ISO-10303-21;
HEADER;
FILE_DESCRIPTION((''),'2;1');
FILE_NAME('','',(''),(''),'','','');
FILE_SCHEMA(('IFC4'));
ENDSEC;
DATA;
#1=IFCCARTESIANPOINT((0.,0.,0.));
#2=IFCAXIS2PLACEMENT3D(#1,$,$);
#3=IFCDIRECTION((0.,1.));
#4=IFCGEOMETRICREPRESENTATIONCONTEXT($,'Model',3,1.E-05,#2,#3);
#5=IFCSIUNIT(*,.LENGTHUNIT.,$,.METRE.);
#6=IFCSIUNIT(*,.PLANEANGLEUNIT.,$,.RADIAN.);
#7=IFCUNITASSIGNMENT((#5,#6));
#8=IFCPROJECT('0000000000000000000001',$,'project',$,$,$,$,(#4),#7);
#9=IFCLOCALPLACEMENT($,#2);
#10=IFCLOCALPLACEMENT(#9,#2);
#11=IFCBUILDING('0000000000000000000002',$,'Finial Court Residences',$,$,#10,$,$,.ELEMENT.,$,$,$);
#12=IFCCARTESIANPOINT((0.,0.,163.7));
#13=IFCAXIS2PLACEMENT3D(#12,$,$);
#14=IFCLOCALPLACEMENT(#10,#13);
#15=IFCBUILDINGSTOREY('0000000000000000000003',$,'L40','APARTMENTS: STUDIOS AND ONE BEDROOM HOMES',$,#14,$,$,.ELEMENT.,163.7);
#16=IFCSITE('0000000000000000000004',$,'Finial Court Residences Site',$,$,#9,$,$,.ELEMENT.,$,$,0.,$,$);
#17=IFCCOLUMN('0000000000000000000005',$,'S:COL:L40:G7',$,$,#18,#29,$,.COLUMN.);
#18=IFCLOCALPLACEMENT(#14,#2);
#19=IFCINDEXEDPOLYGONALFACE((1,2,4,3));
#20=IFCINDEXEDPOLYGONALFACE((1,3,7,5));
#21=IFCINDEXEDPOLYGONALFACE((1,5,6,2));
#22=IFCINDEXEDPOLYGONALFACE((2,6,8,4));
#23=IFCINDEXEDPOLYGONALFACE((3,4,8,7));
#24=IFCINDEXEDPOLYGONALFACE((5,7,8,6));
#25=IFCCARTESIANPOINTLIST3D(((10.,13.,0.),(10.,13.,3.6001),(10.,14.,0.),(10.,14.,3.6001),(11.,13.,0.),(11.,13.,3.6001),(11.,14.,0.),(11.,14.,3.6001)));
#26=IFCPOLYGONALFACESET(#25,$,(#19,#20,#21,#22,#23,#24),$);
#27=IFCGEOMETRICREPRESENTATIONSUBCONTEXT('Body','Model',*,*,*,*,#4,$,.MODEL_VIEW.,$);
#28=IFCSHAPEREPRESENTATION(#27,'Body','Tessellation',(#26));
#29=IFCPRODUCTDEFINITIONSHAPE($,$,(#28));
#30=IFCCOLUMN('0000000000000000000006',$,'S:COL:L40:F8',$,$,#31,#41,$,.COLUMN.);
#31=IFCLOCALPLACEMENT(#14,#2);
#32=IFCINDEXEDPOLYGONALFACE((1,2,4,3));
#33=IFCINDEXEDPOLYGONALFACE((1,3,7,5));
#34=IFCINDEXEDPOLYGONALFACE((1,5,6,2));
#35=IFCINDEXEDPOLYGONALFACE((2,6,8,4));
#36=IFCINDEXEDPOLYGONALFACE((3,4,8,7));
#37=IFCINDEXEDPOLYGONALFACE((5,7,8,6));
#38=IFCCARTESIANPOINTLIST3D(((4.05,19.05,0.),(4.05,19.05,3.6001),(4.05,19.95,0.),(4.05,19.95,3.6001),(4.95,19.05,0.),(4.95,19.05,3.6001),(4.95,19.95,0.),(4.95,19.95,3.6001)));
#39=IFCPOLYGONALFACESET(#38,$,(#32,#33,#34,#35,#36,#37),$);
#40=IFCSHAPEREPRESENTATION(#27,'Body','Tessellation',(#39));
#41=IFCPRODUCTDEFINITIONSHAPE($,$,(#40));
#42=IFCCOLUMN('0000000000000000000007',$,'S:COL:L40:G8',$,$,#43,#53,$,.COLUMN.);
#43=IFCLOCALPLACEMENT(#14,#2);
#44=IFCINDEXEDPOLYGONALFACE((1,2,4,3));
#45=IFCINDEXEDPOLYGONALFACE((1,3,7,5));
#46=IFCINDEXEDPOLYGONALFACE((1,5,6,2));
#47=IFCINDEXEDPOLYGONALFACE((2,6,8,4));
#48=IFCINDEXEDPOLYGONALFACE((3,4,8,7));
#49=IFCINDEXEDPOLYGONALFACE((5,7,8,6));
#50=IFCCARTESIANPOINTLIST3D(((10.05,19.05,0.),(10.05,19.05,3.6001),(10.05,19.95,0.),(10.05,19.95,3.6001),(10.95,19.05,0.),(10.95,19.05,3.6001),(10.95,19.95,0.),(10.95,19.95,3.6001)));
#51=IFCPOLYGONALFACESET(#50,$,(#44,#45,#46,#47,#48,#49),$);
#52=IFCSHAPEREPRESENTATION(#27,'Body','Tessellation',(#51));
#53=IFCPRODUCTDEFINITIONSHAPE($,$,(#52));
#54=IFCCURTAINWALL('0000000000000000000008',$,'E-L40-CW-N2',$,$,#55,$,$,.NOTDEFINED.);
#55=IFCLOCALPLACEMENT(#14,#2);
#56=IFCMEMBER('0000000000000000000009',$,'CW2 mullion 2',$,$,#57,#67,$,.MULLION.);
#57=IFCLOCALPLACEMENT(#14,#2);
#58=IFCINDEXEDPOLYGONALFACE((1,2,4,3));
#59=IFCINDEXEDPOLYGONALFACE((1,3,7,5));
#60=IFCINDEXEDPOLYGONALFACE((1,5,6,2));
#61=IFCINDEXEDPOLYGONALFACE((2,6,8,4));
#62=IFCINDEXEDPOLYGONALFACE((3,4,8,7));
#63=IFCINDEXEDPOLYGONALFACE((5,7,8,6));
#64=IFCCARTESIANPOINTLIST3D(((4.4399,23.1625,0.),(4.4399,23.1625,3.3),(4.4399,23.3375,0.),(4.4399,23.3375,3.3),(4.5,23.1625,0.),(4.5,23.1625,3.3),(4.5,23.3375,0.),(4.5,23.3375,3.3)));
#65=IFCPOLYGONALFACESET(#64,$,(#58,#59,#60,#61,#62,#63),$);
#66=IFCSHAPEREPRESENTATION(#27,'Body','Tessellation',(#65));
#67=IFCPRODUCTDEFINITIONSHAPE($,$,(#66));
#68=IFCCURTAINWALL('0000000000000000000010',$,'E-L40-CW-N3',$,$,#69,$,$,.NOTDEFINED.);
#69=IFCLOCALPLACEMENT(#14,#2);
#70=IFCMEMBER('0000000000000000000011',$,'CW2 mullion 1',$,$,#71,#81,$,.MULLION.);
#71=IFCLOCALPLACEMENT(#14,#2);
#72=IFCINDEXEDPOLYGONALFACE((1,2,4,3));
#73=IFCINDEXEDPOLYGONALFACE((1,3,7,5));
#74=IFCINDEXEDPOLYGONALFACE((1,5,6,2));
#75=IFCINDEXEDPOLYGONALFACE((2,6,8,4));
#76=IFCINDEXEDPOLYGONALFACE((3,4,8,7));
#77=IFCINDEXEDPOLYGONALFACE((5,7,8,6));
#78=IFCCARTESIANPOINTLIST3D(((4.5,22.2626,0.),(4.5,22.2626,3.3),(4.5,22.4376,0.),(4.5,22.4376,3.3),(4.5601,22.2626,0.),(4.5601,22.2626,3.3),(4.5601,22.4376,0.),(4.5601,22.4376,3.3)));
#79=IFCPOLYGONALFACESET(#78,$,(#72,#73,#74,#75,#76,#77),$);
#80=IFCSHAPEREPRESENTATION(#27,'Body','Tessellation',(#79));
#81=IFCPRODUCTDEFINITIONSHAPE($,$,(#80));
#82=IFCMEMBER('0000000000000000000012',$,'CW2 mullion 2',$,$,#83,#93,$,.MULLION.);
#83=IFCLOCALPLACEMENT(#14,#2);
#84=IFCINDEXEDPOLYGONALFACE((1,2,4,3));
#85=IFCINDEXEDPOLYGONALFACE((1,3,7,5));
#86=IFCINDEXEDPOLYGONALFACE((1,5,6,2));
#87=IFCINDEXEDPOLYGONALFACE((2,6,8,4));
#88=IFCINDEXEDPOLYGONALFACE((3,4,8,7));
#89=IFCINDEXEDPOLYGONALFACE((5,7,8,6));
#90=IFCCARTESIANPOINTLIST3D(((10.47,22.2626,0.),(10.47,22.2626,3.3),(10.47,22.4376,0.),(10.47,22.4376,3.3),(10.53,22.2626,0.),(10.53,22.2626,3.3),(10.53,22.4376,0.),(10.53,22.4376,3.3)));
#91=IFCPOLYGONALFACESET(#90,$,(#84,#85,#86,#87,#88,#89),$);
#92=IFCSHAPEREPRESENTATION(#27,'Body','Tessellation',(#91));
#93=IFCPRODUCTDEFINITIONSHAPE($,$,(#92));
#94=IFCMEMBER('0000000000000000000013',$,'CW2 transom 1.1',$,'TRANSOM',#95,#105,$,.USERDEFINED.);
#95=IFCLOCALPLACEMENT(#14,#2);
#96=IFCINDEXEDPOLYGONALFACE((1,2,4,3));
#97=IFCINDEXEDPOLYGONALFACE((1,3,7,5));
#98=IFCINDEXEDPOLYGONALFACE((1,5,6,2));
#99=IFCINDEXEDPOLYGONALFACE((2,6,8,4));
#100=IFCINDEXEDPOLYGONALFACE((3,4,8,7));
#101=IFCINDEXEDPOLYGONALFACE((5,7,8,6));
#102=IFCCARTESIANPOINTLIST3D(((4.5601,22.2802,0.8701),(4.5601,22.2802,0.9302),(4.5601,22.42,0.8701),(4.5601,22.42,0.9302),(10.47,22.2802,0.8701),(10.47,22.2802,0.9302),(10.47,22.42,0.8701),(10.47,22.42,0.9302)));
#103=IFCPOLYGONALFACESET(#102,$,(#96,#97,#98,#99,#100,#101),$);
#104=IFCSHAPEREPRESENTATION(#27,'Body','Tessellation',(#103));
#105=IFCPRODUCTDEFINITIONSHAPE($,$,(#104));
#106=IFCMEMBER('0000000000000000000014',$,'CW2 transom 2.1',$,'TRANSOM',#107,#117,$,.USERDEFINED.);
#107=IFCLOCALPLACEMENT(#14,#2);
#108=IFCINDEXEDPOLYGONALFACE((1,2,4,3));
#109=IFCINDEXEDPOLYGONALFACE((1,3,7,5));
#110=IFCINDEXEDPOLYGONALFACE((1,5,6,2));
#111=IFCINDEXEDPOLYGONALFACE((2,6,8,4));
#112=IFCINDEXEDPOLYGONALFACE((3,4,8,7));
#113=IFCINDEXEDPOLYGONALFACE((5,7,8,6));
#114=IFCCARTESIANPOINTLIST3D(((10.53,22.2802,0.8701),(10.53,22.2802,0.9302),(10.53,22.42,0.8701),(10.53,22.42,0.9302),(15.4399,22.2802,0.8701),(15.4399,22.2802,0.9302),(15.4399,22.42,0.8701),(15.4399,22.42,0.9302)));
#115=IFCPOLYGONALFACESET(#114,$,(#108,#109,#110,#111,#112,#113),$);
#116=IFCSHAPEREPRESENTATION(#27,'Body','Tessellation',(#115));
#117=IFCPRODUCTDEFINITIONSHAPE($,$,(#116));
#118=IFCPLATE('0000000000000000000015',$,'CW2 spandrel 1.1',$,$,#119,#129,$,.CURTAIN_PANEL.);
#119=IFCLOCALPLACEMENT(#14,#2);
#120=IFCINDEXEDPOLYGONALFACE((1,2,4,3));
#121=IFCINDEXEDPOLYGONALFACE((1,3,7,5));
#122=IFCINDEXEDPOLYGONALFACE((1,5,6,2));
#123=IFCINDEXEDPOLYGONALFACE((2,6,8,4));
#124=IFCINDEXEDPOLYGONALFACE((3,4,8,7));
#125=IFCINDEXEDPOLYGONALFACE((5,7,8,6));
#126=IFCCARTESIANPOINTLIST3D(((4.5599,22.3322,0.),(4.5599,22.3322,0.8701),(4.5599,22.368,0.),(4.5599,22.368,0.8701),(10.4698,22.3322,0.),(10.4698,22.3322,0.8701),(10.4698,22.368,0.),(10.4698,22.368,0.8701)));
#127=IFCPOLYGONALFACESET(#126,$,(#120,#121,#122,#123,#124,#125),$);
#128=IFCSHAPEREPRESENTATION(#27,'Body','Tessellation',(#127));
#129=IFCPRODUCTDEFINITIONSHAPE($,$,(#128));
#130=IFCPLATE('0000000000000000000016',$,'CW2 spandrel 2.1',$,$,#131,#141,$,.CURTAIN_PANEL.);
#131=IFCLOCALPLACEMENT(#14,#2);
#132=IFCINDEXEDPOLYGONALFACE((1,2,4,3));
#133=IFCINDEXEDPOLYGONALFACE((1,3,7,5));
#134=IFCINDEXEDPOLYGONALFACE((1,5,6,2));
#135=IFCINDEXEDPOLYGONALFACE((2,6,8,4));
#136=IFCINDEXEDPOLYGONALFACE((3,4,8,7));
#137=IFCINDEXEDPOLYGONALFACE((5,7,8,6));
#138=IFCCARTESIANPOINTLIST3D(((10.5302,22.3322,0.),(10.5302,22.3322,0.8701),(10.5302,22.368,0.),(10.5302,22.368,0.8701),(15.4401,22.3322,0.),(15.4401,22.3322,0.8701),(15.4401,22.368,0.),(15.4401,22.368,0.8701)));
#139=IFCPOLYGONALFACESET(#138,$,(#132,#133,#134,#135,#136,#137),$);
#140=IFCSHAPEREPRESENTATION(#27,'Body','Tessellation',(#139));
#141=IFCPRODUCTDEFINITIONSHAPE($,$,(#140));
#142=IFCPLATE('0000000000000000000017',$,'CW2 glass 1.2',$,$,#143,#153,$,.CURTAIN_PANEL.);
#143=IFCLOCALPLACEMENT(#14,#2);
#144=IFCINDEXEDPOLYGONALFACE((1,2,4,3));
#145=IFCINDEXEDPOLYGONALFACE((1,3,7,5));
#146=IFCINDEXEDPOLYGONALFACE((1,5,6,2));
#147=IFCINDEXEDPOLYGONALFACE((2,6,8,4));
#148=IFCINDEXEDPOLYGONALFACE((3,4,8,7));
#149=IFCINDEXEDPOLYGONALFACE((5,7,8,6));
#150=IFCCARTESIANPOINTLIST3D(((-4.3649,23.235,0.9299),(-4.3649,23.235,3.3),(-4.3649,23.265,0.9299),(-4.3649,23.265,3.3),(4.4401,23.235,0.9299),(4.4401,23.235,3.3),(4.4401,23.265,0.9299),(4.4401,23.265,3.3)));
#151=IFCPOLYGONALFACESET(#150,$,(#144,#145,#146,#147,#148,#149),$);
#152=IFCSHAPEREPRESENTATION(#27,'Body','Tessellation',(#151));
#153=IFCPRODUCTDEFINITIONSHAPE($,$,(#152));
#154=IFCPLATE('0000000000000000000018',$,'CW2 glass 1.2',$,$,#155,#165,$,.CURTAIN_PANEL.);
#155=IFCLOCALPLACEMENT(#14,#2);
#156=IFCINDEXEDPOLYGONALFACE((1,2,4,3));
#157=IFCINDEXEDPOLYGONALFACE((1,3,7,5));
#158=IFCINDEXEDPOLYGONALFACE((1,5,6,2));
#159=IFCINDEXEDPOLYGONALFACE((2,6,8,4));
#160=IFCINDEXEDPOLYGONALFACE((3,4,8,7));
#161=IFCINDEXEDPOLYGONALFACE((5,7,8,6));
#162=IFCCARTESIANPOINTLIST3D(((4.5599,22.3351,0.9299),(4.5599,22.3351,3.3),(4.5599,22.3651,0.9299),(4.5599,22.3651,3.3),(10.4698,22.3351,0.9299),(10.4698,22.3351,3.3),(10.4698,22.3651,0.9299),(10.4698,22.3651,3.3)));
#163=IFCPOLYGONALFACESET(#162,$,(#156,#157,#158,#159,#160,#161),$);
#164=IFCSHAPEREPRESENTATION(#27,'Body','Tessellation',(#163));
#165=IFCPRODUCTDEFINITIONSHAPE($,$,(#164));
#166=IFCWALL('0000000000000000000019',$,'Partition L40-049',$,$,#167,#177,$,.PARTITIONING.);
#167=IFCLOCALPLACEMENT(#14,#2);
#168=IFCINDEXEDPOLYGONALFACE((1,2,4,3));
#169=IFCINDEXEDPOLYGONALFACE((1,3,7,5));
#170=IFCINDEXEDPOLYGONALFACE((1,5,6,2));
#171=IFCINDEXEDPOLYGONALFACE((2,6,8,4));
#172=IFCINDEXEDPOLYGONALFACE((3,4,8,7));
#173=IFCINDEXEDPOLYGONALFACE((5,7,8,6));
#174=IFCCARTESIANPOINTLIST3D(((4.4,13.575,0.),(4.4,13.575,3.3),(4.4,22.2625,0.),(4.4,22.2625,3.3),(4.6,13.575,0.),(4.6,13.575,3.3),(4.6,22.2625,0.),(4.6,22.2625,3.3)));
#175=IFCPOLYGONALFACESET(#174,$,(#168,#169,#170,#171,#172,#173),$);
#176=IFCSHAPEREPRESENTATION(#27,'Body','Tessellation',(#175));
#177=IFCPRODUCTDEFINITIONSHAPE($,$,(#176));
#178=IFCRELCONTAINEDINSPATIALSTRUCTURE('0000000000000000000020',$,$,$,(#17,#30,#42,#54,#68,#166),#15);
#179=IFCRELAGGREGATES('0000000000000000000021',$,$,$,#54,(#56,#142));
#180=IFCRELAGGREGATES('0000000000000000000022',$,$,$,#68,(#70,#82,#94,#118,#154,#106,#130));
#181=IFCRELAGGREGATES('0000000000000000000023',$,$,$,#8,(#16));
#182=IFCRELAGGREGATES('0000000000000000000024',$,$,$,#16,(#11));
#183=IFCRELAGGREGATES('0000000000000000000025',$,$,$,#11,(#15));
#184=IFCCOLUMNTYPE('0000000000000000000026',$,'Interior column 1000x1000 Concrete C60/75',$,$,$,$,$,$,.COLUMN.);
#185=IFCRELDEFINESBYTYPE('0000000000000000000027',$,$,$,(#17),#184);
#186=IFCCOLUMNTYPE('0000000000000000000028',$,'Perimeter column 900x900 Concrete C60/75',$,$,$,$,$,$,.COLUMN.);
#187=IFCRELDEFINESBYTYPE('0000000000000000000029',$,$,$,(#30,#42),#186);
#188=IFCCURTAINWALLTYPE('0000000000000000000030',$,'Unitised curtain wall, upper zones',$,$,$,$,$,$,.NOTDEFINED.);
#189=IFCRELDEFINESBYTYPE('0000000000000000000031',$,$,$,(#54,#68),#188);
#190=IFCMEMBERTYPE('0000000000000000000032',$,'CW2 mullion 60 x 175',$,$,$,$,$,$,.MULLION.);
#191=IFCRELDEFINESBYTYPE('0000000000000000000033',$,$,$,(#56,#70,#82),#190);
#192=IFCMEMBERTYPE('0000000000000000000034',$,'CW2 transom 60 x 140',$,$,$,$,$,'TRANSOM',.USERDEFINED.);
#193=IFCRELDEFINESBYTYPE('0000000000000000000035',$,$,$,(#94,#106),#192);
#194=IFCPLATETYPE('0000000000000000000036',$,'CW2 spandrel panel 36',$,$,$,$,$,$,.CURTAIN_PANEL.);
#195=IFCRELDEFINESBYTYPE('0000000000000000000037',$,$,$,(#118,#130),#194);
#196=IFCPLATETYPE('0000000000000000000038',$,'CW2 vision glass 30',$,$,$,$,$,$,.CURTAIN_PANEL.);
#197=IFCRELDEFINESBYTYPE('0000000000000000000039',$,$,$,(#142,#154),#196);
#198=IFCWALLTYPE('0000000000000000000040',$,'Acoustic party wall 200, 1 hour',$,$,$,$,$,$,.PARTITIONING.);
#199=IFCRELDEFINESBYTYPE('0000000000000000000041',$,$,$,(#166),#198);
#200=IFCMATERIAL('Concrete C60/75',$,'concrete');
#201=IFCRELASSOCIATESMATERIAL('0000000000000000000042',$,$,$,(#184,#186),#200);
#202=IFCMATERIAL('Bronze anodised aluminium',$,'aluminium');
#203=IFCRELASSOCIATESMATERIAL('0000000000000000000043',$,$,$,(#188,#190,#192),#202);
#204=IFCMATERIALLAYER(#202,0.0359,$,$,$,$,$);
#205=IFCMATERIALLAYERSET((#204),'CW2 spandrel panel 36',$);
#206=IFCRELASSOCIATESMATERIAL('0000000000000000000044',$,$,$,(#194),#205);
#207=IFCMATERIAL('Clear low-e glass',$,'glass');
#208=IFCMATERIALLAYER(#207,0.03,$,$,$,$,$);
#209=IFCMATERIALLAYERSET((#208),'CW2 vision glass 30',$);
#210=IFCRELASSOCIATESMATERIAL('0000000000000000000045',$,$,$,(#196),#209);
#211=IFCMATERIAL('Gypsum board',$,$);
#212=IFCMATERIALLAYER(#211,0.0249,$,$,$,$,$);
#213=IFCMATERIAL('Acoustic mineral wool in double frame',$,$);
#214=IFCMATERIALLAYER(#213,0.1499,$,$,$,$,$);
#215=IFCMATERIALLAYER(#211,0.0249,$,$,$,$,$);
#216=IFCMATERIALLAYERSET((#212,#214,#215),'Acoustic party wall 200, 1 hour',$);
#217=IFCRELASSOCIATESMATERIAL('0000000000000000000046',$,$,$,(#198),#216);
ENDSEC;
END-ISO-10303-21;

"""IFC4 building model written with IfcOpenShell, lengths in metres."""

from ifc_helpers import new_model, si_unit, direction, frame, frame_2d, origin, origin_2d, place, context, subcontext, project, spatial, rectangle, extrude, material, layer, layer_set, material_profile, profile_set, type_object, element, aggregate, save


model = new_model("IFC4")

# Units and contexts
model_context = context("Model", 3, precision=1e-05, world=origin(), true_north=direction((0.0, 1.0)))
body_context = subcontext(model_context, "Body", "Model", "MODEL_VIEW")
ifc_project = project(units=[si_unit("LENGTHUNIT", "METRE"), si_unit("PLANEANGLEUNIT", "RADIAN")], contexts=[model_context])

# Site, building, storey
site_placement = place(None, origin())
site = spatial("IfcSite", under=ifc_project, at=site_placement, Name="Finial Court Residences Site", CompositionType="ELEMENT", RefElevation=0.0)
building_placement = place(site_placement, origin())
building = spatial("IfcBuilding", under=site, at=building_placement, Name="Finial Court Residences", CompositionType="ELEMENT")
storey_placement = place(building_placement, frame((0.0, 0.0, 163.7)))
storey = spatial("IfcBuildingStorey", under=building, at=storey_placement, Name="L40", Description="APARTMENTS: STUDIOS AND ONE BEDROOM HOMES", CompositionType="ELEMENT", Elevation=163.7)

# Columns
ifc_material_1 = material(Name="Concrete C60/75", Category="concrete")
ifc_material_profile_1 = material_profile(ifc_material_1, rectangle(XDim=1.0, YDim=1.0, at=origin_2d()), Name="1000x1000")
ifc_profile_set_1 = profile_set([ifc_material_profile_1], Name="Concrete C60/75")
column_type_1 = type_object("IfcColumnType", Name="Interior column 1000x1000 Concrete C60/75", PredefinedType="COLUMN", material=ifc_profile_set_1)
column_placement = place(storey_placement, frame((10.5, 13.5, 0.0), z_axis=(0.0, 0.0, 1.0), x_axis=(1.0, 0.0, 0.0)))
element("IfcColumn", 1, at=column_placement, inside=storey, type_object=column_type_1, Name="S:COL:L40:G7", PredefinedType="COLUMN", context=body_context, shape_type="SweptSolid", body=[
    extrude(rectangle(XDim=1.0, YDim=1.0, at=origin_2d()), origin(), (0.0, 0.0, 1.0), 3.6001),
])
ifc_material_profile_2 = material_profile(ifc_material_1, rectangle(XDim=0.8999, YDim=0.8999, at=origin_2d()), Name="900x900")
ifc_profile_set_2 = profile_set([ifc_material_profile_2], Name="Concrete C60/75")
column_type_2 = type_object("IfcColumnType", Name="Perimeter column 900x900 Concrete C60/75", PredefinedType="COLUMN", material=ifc_profile_set_2)
for number, where, z_axis, x_axis, name in (
    (2, (4.5, 19.5, 0.0), (0.0, 0.0, 1.0), (1.0, 0.0, 0.0), "S:COL:L40:F8"),
    (3, (10.5, 19.5, 0.0), (0.0, 0.0, 1.0), (1.0, 0.0, 0.0), "S:COL:L40:G8"),
):
    element("IfcColumn", number, at=place(storey_placement, frame(where, z_axis=z_axis, x_axis=x_axis)), inside=storey, type_object=column_type_2, Name=name, PredefinedType="COLUMN", context=body_context, shape_type="SweptSolid", body=[
        extrude(rectangle(XDim=0.8999, YDim=0.8999, at=origin_2d()), origin(), (0.0, 0.0, 1.0), 3.6001),
    ])

# Curtain wall, member
ifc_material_2 = material(Name="Bronze anodised aluminium", Category="aluminium")
curtain_wall_type = type_object("IfcCurtainWallType", Name="Unitised curtain wall, upper zones", PredefinedType="NOTDEFINED", material=ifc_material_2)
curtain_wall_1_placement = place(storey_placement, origin())
curtain_wall_1 = element("IfcCurtainWall", 4, at=curtain_wall_1_placement, inside=storey, type_object=curtain_wall_type, Name="E-L40-CW-N2", PredefinedType="NOTDEFINED")
ifc_material_profile_3 = material_profile(ifc_material_2, rectangle(XDim=0.175, YDim=0.0601, at=origin_2d()), Name="CW2 mullion 60 x 175")
ifc_profile_set_3 = profile_set([ifc_material_profile_3], Name="Bronze anodised aluminium")
member_type_1 = type_object("IfcMemberType", Name="CW2 mullion 60 x 175", PredefinedType="MULLION", material=ifc_profile_set_3)
member_1_placement = place(storey_placement, frame((4.47, 23.25, 0.0), z_axis=(0.0, 0.0, 1.0), x_axis=(0.0, 1.0, 0.0)))
member_1 = element("IfcMember", 5, at=member_1_placement, type_object=member_type_1, Name="CW2 mullion 2", PredefinedType="MULLION", context=body_context, shape_type="SweptSolid", body=[
    extrude(rectangle(XDim=0.175, YDim=0.0601, at=origin_2d()), origin(), (0.0, 0.0, 1.0), 3.3),
])

# Curtain wall, members, plates
curtain_wall_2_placement = place(storey_placement, origin())
curtain_wall_2 = element("IfcCurtainWall", 6, at=curtain_wall_2_placement, inside=storey, type_object=curtain_wall_type, Name="E-L40-CW-N3", PredefinedType="NOTDEFINED")
member_2_placement = place(storey_placement, frame((4.53, 22.3501, 0.0), z_axis=(0.0, 0.0, 1.0), x_axis=(0.0, 1.0, 0.0)))
member_2 = element("IfcMember", 7, at=member_2_placement, type_object=member_type_1, Name="CW2 mullion 1", PredefinedType="MULLION", context=body_context, shape_type="SweptSolid", body=[
    extrude(rectangle(XDim=0.175, YDim=0.0601, at=origin_2d()), origin(), (0.0, 0.0, 1.0), 3.3),
])
member_3_placement = place(storey_placement, frame((10.5, 22.3501, 0.0), z_axis=(0.0, 0.0, 1.0), x_axis=(0.0, 1.0, 0.0)))
member_3 = element("IfcMember", 8, at=member_3_placement, type_object=member_type_1, Name="CW2 mullion 2", PredefinedType="MULLION", context=body_context, shape_type="SweptSolid", body=[
    extrude(rectangle(XDim=0.175, YDim=0.0601, at=origin_2d()), origin(), (0.0, 0.0, 1.0), 3.3),
])
ifc_material_profile_4 = material_profile(ifc_material_2, rectangle(XDim=0.1399, YDim=0.0601, at=origin_2d()), Name="CW2 transom 60 x 140")
ifc_profile_set_4 = profile_set([ifc_material_profile_4], Name="Bronze anodised aluminium")
member_type_2 = type_object("IfcMemberType", Name="CW2 transom 60 x 140", ElementType="TRANSOM", PredefinedType="USERDEFINED", material=ifc_profile_set_4)
member_4_placement = place(storey_placement, frame((4.5601, 22.3501, 0.9001), z_axis=(1.0, 0.0, 0.0), x_axis=(0.0, 1.0, 0.0)))
member_4 = element("IfcMember", 9, at=member_4_placement, type_object=member_type_2, Name="CW2 transom 1.1", ObjectType="TRANSOM", PredefinedType="USERDEFINED", context=body_context, shape_type="SweptSolid", body=[
    extrude(rectangle(XDim=0.1399, YDim=0.0601, at=origin_2d()), origin(), (0.0, 0.0, 1.0), 5.9099),
])
member_5_placement = place(storey_placement, frame((10.53, 22.3501, 0.9001), z_axis=(1.0, 0.0, 0.0), x_axis=(0.0, 1.0, 0.0)))
member_5 = element("IfcMember", 10, at=member_5_placement, type_object=member_type_2, Name="CW2 transom 2.1", ObjectType="TRANSOM", PredefinedType="USERDEFINED", context=body_context, shape_type="SweptSolid", body=[
    extrude(rectangle(XDim=0.1399, YDim=0.0601, at=origin_2d()), origin(), (0.0, 0.0, 1.0), 4.9099),
])
ifc_layer_1 = layer(ifc_material_2, 0.0359)
ifc_layer_set_1 = layer_set([ifc_layer_1], Name="CW2 spandrel panel 36")
plate_type_1 = type_object("IfcPlateType", Name="CW2 spandrel panel 36", PredefinedType="CURTAIN_PANEL", material=ifc_layer_set_1)
plate_1_placement = place(storey_placement, frame((7.5149, 22.3501, 0.0), z_axis=(0.0, 0.0, 1.0), x_axis=(1.0, 0.0, 0.0)))
plate_1 = element("IfcPlate", 11, at=plate_1_placement, type_object=plate_type_1, Name="CW2 spandrel 1.1", PredefinedType="CURTAIN_PANEL", context=body_context, shape_type="SweptSolid", body=[
    extrude(rectangle(XDim=5.9099, YDim=0.0359, at=origin_2d()), origin(), (0.0, 0.0, 1.0), 0.8701),
])
plate_2_placement = place(storey_placement, frame((12.9851, 22.3501, 0.0), z_axis=(0.0, 0.0, 1.0), x_axis=(1.0, 0.0, 0.0)))
plate_2 = element("IfcPlate", 12, at=plate_2_placement, type_object=plate_type_1, Name="CW2 spandrel 2.1", PredefinedType="CURTAIN_PANEL", context=body_context, shape_type="SweptSolid", body=[
    extrude(rectangle(XDim=4.9099, YDim=0.0359, at=origin_2d()), origin(), (0.0, 0.0, 1.0), 0.8701),
])

# Plates
ifc_material_3 = material(Name="Clear low-e glass", Category="glass")
ifc_layer_2 = layer(ifc_material_3, 0.03)
ifc_layer_set_2 = layer_set([ifc_layer_2], Name="CW2 vision glass 30")
plate_type_2 = type_object("IfcPlateType", Name="CW2 vision glass 30", PredefinedType="CURTAIN_PANEL", material=ifc_layer_set_2)
plate_3_placement = place(storey_placement, frame((0.0376, 23.25, 0.9299), z_axis=(0.0, 0.0, 1.0), x_axis=(1.0, 0.0, 0.0)))
plate_3 = element("IfcPlate", 13, at=plate_3_placement, type_object=plate_type_2, Name="CW2 glass 1.2", PredefinedType="CURTAIN_PANEL", context=body_context, shape_type="SweptSolid", body=[
    extrude(rectangle(XDim=8.8049, YDim=0.03, at=origin_2d()), origin(), (0.0, 0.0, 1.0), 2.3701),
])
aggregate(curtain_wall_1, [member_1, plate_3])
plate_4_placement = place(storey_placement, frame((7.5149, 22.3501, 0.9299), z_axis=(0.0, 0.0, 1.0), x_axis=(1.0, 0.0, 0.0)))
plate_4 = element("IfcPlate", 14, at=plate_4_placement, type_object=plate_type_2, Name="CW2 glass 1.2", PredefinedType="CURTAIN_PANEL", context=body_context, shape_type="SweptSolid", body=[
    extrude(rectangle(XDim=5.9099, YDim=0.03, at=origin_2d()), origin(), (0.0, 0.0, 1.0), 2.3701),
])
aggregate(curtain_wall_2, [member_2, member_3, member_4, plate_1, plate_4, member_5, plate_2])

# Wall
ifc_material_4 = material(Name="Gypsum board")
ifc_layer_3 = layer(ifc_material_4, 0.0249)
ifc_material_5 = material(Name="Acoustic mineral wool in double frame")
ifc_layer_4 = layer(ifc_material_5, 0.1499)
ifc_layer_5 = layer(ifc_material_4, 0.0249)
ifc_layer_set_3 = layer_set([ifc_layer_3, ifc_layer_4, ifc_layer_5], Name="Acoustic party wall 200, 1 hour")
wall_type_1 = type_object("IfcWallType", Name="Acoustic party wall 200, 1 hour", PredefinedType="PARTITIONING", material=ifc_layer_set_3)
wall_1_placement = place(storey_placement, frame((4.5, 13.575, 0.0), z_axis=(0.0, 0.0, 1.0), x_axis=(0.0, 1.0, 0.0)))
element("IfcWall", 15, at=wall_1_placement, inside=storey, type_object=wall_type_1, Name="Partition L40-049", PredefinedType="PARTITIONING", context=body_context, shape_type="SweptSolid", body=[
    extrude(rectangle(XDim=8.6875, YDim=0.2, at=frame_2d((4.3438, 0.0))), origin(), (0.0, 0.0, 1.0), 3.3),
])

save(model, "model.ifc")
